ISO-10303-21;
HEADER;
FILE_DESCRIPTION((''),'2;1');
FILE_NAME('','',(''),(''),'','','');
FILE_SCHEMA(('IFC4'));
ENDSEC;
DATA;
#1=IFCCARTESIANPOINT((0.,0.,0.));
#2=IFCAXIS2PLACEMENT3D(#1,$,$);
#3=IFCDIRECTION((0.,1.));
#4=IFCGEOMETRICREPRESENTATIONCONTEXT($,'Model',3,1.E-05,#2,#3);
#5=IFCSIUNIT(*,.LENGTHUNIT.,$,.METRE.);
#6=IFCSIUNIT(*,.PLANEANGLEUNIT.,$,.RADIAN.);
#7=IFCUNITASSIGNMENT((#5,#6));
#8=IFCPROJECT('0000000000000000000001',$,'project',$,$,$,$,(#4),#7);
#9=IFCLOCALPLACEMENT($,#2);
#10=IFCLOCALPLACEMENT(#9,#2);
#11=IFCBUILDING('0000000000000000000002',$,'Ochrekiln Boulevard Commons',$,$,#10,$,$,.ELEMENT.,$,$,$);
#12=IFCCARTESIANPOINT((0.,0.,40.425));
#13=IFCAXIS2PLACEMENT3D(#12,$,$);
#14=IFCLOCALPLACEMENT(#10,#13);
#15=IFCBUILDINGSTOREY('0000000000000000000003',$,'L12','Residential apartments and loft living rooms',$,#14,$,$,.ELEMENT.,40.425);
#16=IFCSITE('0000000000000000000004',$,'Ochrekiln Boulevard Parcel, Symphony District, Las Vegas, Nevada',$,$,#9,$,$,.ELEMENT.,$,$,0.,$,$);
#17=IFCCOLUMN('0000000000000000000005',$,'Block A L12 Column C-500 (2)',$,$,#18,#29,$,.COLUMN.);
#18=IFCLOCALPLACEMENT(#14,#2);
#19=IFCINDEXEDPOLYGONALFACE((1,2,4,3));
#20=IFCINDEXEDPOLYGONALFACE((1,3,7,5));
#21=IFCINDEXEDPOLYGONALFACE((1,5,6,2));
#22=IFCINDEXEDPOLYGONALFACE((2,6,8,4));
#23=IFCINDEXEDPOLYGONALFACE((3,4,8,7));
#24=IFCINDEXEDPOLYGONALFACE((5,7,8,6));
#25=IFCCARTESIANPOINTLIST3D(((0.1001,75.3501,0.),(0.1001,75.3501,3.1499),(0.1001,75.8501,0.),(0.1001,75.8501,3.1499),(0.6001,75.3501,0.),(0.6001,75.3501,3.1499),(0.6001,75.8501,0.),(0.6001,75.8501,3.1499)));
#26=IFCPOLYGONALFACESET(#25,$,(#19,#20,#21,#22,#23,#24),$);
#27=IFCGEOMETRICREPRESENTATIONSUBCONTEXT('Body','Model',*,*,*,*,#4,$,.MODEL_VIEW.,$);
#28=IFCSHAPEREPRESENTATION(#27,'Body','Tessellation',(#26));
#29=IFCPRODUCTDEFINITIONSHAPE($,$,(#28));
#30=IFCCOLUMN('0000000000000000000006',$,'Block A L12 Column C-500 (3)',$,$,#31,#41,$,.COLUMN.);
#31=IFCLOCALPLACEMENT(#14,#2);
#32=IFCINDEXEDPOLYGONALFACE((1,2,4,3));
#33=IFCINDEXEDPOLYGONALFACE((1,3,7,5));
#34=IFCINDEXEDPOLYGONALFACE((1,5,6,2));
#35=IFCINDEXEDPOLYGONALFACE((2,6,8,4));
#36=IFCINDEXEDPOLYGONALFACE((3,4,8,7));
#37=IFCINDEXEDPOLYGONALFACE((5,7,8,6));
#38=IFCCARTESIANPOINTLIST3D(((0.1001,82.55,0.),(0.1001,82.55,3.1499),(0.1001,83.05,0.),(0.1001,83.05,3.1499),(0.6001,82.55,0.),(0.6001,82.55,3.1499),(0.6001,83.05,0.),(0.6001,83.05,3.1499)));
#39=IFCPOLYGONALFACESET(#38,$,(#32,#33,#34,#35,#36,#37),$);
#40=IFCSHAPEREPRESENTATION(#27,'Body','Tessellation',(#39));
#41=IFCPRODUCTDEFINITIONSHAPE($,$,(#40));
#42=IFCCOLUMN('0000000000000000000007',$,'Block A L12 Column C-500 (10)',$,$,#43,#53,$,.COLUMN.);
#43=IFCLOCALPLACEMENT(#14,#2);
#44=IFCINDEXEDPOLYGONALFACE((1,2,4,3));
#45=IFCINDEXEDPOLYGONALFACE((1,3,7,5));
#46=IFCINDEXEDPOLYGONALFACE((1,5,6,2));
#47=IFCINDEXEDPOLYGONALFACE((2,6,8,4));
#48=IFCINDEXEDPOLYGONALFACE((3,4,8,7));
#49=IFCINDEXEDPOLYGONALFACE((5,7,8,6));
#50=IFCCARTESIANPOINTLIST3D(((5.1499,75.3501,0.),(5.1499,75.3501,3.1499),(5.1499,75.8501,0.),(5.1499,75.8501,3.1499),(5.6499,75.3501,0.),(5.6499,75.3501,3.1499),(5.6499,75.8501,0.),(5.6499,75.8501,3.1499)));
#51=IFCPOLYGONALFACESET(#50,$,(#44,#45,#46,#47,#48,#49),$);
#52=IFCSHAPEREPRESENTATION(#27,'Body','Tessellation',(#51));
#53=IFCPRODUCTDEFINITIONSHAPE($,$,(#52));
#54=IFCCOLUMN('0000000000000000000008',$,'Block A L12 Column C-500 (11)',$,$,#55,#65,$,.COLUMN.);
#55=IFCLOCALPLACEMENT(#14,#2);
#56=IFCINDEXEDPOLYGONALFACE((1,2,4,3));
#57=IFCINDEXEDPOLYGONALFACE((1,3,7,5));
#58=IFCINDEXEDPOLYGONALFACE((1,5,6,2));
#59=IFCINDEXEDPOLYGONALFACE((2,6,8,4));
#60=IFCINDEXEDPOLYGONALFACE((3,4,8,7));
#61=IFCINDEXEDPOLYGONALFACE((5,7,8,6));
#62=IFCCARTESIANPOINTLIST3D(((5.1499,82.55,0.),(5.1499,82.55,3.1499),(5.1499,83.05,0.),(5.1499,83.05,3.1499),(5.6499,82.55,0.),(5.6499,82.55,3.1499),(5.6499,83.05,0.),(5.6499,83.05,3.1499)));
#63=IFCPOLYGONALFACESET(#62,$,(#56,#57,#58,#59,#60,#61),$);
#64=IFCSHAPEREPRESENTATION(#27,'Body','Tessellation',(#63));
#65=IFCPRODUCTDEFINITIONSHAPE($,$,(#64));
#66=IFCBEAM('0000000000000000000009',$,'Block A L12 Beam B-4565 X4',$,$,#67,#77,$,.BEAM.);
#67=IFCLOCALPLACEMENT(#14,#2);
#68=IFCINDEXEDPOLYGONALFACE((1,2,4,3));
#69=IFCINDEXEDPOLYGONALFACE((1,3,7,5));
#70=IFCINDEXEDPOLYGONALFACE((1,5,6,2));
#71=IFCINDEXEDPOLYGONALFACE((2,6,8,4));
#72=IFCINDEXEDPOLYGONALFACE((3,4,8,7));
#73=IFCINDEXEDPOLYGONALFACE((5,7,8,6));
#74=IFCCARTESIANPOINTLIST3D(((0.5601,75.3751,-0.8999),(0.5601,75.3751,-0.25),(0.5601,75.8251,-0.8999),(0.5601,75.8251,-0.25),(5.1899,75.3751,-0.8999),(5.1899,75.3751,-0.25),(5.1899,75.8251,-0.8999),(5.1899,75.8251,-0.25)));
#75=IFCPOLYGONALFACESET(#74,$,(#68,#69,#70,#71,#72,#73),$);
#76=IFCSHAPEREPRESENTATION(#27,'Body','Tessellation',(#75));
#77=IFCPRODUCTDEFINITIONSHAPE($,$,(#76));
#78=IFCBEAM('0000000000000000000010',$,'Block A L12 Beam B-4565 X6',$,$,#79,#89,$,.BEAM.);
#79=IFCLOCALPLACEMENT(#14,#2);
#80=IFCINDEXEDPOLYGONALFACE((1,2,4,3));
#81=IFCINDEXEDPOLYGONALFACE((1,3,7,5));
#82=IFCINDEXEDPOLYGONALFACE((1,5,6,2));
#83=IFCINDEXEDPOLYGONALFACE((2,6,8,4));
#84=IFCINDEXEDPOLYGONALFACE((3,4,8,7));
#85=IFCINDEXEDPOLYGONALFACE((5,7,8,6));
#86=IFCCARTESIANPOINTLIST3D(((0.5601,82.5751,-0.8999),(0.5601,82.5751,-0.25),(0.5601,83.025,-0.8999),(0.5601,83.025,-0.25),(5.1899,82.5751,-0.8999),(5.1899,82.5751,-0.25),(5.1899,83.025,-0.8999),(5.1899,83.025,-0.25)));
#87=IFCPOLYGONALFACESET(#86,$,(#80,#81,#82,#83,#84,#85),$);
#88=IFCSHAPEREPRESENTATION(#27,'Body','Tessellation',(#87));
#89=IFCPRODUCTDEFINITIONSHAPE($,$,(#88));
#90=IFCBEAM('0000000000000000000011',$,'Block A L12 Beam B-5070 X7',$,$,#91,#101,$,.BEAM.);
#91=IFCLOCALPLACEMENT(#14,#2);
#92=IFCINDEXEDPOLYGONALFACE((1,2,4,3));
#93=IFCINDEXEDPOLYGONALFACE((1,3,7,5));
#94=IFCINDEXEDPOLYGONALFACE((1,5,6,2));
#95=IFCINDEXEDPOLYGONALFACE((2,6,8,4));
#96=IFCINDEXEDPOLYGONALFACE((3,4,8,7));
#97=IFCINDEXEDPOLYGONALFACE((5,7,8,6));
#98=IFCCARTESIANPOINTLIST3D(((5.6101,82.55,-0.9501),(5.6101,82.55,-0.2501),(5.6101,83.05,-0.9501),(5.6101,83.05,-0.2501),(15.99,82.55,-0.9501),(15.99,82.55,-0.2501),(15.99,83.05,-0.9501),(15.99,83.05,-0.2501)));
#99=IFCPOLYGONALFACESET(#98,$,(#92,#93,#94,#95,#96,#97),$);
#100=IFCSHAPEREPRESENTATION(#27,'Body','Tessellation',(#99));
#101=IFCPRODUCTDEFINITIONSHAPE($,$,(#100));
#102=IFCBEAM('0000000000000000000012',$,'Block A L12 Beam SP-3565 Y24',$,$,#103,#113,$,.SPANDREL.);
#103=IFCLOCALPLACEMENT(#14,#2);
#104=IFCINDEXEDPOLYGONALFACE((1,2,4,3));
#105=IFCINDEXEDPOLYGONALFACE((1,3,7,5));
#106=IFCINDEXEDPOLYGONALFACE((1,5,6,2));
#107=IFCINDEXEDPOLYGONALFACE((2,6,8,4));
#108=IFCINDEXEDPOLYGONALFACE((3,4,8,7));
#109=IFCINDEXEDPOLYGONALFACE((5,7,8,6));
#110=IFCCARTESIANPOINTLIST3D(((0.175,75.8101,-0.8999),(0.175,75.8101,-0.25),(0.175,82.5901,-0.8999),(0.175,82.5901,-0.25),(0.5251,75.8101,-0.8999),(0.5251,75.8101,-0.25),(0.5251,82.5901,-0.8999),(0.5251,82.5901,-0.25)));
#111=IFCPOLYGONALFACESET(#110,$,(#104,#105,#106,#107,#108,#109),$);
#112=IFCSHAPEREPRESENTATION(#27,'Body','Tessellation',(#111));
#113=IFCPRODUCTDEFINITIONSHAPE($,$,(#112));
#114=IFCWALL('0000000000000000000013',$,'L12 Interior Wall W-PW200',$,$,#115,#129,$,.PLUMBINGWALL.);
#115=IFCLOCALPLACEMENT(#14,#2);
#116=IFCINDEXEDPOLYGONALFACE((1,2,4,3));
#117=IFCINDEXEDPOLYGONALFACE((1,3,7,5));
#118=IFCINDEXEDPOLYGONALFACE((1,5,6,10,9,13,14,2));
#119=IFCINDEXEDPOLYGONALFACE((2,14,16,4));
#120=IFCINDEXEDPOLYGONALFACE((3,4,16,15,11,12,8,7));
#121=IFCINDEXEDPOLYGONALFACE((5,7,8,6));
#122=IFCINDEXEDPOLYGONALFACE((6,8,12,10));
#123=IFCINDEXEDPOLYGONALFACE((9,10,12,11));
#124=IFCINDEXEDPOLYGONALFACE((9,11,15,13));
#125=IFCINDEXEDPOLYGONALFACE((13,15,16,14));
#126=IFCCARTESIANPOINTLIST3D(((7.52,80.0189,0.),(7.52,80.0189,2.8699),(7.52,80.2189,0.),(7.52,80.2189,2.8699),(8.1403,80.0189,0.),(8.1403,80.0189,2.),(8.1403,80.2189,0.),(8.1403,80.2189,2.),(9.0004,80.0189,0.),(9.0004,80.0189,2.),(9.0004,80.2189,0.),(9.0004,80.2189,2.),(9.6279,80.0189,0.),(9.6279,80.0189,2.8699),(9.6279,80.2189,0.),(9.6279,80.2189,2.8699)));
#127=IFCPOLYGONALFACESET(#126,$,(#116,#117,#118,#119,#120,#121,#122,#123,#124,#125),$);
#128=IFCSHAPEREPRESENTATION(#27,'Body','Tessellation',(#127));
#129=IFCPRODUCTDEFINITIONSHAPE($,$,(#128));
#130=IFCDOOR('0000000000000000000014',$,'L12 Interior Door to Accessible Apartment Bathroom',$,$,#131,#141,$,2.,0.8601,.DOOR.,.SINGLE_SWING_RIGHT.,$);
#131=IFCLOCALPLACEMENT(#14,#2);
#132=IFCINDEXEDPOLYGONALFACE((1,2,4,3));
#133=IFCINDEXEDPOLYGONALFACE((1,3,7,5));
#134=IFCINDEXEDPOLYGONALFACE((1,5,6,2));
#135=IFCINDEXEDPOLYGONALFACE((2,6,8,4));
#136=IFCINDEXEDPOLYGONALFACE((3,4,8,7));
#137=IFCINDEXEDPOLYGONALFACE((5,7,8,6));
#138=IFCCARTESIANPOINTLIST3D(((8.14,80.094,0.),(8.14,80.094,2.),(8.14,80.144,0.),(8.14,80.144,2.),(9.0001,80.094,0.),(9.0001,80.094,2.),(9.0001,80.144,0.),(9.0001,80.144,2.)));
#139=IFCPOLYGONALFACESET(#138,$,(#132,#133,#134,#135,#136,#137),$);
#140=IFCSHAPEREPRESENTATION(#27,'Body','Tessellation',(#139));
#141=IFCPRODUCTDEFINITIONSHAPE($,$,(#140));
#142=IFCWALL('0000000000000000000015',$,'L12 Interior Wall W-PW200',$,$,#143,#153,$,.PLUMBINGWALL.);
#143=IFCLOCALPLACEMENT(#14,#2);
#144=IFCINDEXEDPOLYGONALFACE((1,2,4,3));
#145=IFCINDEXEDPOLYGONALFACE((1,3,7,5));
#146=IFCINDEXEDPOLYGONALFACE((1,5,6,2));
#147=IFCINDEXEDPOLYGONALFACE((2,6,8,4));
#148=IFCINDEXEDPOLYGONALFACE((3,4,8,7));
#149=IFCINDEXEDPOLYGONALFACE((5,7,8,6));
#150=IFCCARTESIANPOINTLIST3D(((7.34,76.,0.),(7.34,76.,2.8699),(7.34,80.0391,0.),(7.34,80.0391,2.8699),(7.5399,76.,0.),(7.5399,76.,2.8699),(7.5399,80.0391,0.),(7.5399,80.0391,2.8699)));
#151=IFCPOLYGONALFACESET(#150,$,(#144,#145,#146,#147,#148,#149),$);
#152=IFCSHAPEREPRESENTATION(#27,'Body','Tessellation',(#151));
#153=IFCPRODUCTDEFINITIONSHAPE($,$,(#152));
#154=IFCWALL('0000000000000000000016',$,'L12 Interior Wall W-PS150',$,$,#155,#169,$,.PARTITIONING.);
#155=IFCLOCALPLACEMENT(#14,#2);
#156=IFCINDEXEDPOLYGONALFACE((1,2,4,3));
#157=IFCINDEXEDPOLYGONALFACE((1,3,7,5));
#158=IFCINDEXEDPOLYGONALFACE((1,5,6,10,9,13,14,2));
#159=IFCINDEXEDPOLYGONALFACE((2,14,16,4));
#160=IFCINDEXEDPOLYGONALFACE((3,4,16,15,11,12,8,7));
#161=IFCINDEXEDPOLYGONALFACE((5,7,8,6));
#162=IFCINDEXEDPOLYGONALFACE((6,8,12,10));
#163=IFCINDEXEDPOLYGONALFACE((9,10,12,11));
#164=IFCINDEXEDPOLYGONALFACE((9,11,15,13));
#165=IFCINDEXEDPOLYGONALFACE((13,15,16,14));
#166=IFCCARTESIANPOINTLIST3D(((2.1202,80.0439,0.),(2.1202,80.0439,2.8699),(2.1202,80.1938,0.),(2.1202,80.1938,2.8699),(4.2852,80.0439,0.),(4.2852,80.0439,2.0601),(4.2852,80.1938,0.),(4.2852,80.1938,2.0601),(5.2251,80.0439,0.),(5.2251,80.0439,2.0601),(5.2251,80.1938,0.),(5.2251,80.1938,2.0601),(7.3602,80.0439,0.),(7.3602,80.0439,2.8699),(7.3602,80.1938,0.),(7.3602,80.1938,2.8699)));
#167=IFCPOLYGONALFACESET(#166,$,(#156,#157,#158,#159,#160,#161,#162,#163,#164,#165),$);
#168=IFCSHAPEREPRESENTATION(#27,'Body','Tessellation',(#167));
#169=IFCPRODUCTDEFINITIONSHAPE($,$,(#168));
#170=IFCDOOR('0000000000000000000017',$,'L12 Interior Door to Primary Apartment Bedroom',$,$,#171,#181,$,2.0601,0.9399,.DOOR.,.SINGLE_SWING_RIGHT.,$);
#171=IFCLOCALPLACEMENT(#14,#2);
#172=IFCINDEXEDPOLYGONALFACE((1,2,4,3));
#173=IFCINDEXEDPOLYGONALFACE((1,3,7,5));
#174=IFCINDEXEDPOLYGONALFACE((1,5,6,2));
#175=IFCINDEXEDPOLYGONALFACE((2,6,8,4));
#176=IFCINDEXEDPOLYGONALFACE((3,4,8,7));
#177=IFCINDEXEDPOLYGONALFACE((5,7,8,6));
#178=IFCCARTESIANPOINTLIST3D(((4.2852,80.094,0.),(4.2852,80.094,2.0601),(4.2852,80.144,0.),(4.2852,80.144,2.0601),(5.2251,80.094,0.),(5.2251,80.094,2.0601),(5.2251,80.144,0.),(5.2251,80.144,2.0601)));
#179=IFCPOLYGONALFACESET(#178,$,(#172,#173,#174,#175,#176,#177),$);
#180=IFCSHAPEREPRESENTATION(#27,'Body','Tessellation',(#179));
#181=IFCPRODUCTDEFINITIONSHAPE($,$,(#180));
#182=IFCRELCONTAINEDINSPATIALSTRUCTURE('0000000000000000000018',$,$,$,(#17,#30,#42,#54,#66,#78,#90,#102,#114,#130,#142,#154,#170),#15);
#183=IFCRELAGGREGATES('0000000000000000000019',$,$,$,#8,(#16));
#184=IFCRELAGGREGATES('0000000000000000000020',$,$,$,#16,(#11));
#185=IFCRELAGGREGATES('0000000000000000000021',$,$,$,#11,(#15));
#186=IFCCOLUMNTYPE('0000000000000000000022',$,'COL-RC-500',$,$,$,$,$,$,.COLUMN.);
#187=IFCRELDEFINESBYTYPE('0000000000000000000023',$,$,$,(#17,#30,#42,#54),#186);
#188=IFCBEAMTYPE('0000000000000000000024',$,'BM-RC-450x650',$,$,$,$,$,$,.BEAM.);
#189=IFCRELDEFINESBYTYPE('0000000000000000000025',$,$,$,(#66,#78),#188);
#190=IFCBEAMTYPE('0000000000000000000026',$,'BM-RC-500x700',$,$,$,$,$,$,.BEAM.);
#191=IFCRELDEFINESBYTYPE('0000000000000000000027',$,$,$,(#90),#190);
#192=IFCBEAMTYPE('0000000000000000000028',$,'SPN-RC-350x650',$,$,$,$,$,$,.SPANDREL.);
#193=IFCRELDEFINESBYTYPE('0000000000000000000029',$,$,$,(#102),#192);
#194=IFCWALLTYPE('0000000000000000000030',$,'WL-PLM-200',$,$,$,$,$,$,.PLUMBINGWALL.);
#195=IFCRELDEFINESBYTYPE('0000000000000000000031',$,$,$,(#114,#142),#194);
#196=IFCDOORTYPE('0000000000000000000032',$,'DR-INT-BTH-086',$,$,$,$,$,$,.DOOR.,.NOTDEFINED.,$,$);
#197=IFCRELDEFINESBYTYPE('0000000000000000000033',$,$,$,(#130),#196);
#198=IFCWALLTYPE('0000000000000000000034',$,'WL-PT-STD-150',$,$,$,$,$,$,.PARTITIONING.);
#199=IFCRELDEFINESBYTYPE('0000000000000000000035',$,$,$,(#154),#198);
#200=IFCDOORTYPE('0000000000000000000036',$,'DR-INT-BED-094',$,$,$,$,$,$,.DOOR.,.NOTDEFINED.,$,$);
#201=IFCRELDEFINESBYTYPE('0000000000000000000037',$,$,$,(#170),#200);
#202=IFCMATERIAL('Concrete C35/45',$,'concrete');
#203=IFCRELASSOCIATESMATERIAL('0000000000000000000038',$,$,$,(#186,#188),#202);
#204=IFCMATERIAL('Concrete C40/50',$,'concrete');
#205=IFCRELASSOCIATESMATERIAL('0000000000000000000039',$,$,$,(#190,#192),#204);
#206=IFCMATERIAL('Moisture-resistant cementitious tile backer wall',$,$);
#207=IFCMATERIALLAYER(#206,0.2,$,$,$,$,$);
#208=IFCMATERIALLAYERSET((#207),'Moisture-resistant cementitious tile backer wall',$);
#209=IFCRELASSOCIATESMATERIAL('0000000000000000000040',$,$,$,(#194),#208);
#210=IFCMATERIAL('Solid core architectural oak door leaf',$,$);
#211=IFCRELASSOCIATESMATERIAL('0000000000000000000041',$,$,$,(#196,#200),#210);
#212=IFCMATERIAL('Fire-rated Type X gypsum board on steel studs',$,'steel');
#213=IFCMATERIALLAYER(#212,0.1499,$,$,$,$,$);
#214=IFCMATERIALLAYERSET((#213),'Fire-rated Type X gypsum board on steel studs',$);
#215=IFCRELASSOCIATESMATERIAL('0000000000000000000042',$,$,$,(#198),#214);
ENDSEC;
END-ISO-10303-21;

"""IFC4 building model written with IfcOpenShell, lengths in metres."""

from ifc_helpers import new_model, si_unit, direction, frame, frame_2d, origin, origin_2d, place, context, subcontext, project, spatial, rectangle, extrude, material, layer, layer_set, material_profile, profile_set, type_object, element, fill, save


model = new_model("IFC4")

# Units and contexts
model_context = context("Model", 3, precision=1e-05, world=origin(), true_north=direction((0.0, 1.0)))
body_context = subcontext(model_context, "Body", "Model", "MODEL_VIEW")
ifc_project = project(units=[si_unit("LENGTHUNIT", "METRE"), si_unit("PLANEANGLEUNIT", "RADIAN")], contexts=[model_context])

# Site, building, storey
site_placement = place(None, origin())
site = spatial("IfcSite", under=ifc_project, at=site_placement, Name="Ochrekiln Boulevard Parcel, Symphony District, Las Vegas, Nevada", CompositionType="ELEMENT", RefElevation=0.0)
building_placement = place(site_placement, origin())
building = spatial("IfcBuilding", under=site, at=building_placement, Name="Ochrekiln Boulevard Commons", CompositionType="ELEMENT")
storey_placement = place(building_placement, frame((0.0, 0.0, 40.425)))
storey = spatial("IfcBuildingStorey", under=building, at=storey_placement, Name="L12", Description="Residential apartments and loft living rooms", CompositionType="ELEMENT", Elevation=40.425)

# Columns
ifc_material_1 = material(Name="Concrete C35/45", Category="concrete")
ifc_material_profile_1 = material_profile(ifc_material_1, rectangle(XDim=0.5, YDim=0.5, at=origin_2d()), Name="RC-COL-500x500")
ifc_profile_set_1 = profile_set([ifc_material_profile_1], Name="Concrete C35/45")
column_type = type_object("IfcColumnType", Name="COL-RC-500", PredefinedType="COLUMN", material=ifc_profile_set_1)
for number, where, z_axis, x_axis, name in (
    (1, (0.3501, 75.6001, 0.0), (0.0, 0.0, 1.0), (1.0, 0.0, 0.0), "Block A L12 Column C-500 (2)"),
    (2, (0.3501, 82.8, 0.0), (0.0, 0.0, 1.0), (1.0, 0.0, 0.0), "Block A L12 Column C-500 (3)"),
    (3, (5.3999, 75.6001, 0.0), (0.0, 0.0, 1.0), (1.0, 0.0, 0.0), "Block A L12 Column C-500 (10)"),
    (4, (5.3999, 82.8, 0.0), (0.0, 0.0, 1.0), (1.0, 0.0, 0.0), "Block A L12 Column C-500 (11)"),
):
    element("IfcColumn", number, at=place(storey_placement, frame(where, z_axis=z_axis, x_axis=x_axis)), inside=storey, type_object=column_type, Name=name, PredefinedType="COLUMN", context=body_context, shape_type="SweptSolid", body=[
        extrude(rectangle(XDim=0.5, YDim=0.5, at=origin_2d()), origin(), (0.0, 0.0, 1.0), 3.1499),
    ])

# Beams
ifc_material_profile_2 = material_profile(ifc_material_1, rectangle(XDim=0.45, YDim=0.6499, at=origin_2d()), Name="RC-BM-450x650")
ifc_profile_set_2 = profile_set([ifc_material_profile_2], Name="Concrete C35/45")
beam_type_1 = type_object("IfcBeamType", Name="BM-RC-450x650", PredefinedType="BEAM", material=ifc_profile_set_2)
for number, where, z_axis, x_axis, name in (
    (5, (0.5601, 75.6001, -0.575), (1.0, 0.0, 0.0), (0.0, 1.0, 0.0), "Block A L12 Beam B-4565 X4"),
    (6, (0.5601, 82.8, -0.575), (1.0, 0.0, 0.0), (0.0, 1.0, 0.0), "Block A L12 Beam B-4565 X6"),
):
    element("IfcBeam", number, at=place(storey_placement, frame(where, z_axis=z_axis, x_axis=x_axis)), inside=storey, type_object=beam_type_1, Name=name, PredefinedType="BEAM", context=body_context, shape_type="SweptSolid", body=[
        extrude(rectangle(XDim=0.45, YDim=0.6499, at=origin_2d()), origin(), (0.0, 0.0, 1.0), 4.6299),
    ])
ifc_material_2 = material(Name="Concrete C40/50", Category="concrete")
ifc_material_profile_3 = material_profile(ifc_material_2, rectangle(XDim=0.5, YDim=0.7, at=origin_2d()), Name="RC-BM-500x700")
ifc_profile_set_3 = profile_set([ifc_material_profile_3], Name="Concrete C40/50")
beam_type_2 = type_object("IfcBeamType", Name="BM-RC-500x700", PredefinedType="BEAM", material=ifc_profile_set_3)
beam_1_placement = place(storey_placement, frame((5.6101, 82.8, -0.6001), z_axis=(1.0, 0.0, 0.0), x_axis=(0.0, 1.0, 0.0)))
element("IfcBeam", 7, at=beam_1_placement, inside=storey, type_object=beam_type_2, Name="Block A L12 Beam B-5070 X7", PredefinedType="BEAM", context=body_context, shape_type="SweptSolid", body=[
    extrude(rectangle(XDim=0.5, YDim=0.7, at=origin_2d()), origin(), (0.0, 0.0, 1.0), 10.3799),
])
ifc_material_profile_4 = material_profile(ifc_material_2, rectangle(XDim=0.3501, YDim=0.6499, at=origin_2d()), Name="RC-SPN-350x650")
ifc_profile_set_4 = profile_set([ifc_material_profile_4], Name="Concrete C40/50")
beam_type_3 = type_object("IfcBeamType", Name="SPN-RC-350x650", PredefinedType="SPANDREL", material=ifc_profile_set_4)
beam_2_placement = place(storey_placement, frame((0.3501, 75.8101, -0.575), z_axis=(0.0, 1.0, 0.0), x_axis=(-1.0, 0.0, 0.0)))
element("IfcBeam", 8, at=beam_2_placement, inside=storey, type_object=beam_type_3, Name="Block A L12 Beam SP-3565 Y24", PredefinedType="SPANDREL", context=body_context, shape_type="SweptSolid", body=[
    extrude(rectangle(XDim=0.3501, YDim=0.6499, at=origin_2d()), origin(), (0.0, 0.0, 1.0), 6.78),
])

# Wall, opening, door
ifc_material_3 = material(Name="Moisture-resistant cementitious tile backer wall")
ifc_layer_1 = layer(ifc_material_3, 0.2)
ifc_layer_set_1 = layer_set([ifc_layer_1], Name="Moisture-resistant cementitious tile backer wall")
wall_type_1 = type_object("IfcWallType", Name="WL-PLM-200", PredefinedType="PLUMBINGWALL", material=ifc_layer_set_1)
wall_1_placement = place(storey_placement, frame((7.52, 80.1189, 0.0), z_axis=(0.0, 0.0, 1.0), x_axis=(1.0, 0.0, 0.0)))
wall_1 = element("IfcWall", 9, at=wall_1_placement, inside=storey, type_object=wall_type_1, Name="L12 Interior Wall W-PW200", PredefinedType="PLUMBINGWALL", context=body_context, shape_type="SweptSolid", body=[
    extrude(rectangle(XDim=2.1079, YDim=0.2, at=frame_2d((1.054, 0.0))), origin(), (0.0, 0.0, 1.0), 2.8699),
])
opening_1_placement = place(wall_1_placement, frame((0.6201, 0.0, 0.0)))
opening_1 = element("IfcOpeningElement", 10, at=opening_1_placement, cuts=wall_1, PredefinedType="OPENING", context=body_context, shape_type="SweptSolid", body=[
    extrude(rectangle(XDim=0.8601, YDim=2.0, at=frame_2d((0.4302, 1.0))), frame((0.0, 0.1099, 0.0), z_axis=(0.0, -1.0, 0.0), x_axis=(1.0, 0.0, 0.0)), (0.0, 0.0, 1.0), 0.22),
])
ifc_material_4 = material(Name="Solid core architectural oak door leaf")
door_type_1 = type_object("IfcDoorType", Name="DR-INT-BTH-086", OperationType="NOTDEFINED", PredefinedType="DOOR", material=ifc_material_4)
door_1_placement = place(opening_1_placement, frame((0.8601, 0.0, 0.0), z_axis=(0.0, 0.0, 1.0), x_axis=(-1.0, 0.0, 0.0)))
door_1 = element("IfcDoor", 11, at=door_1_placement, inside=storey, type_object=door_type_1, Name="L12 Interior Door to Accessible Apartment Bathroom", OperationType="SINGLE_SWING_RIGHT", OverallHeight=2.0, OverallWidth=0.8601, PredefinedType="DOOR", context=body_context, shape_type="SweptSolid", body=[
    extrude(rectangle(XDim=0.8601, YDim=2.0, at=frame_2d((0.4302, 1.0))), frame((0.0, 0.0249, 0.0), z_axis=(0.0, -1.0, 0.0), x_axis=(1.0, 0.0, 0.0)), (0.0, 0.0, 1.0), 0.05),
])
fill(opening_1, door_1)

# Wall
wall_2_placement = place(storey_placement, frame((7.4399, 76.0, 0.0), z_axis=(0.0, 0.0, 1.0), x_axis=(0.0, 1.0, 0.0)))
element("IfcWall", 12, at=wall_2_placement, inside=storey, type_object=wall_type_1, Name="L12 Interior Wall W-PW200", PredefinedType="PLUMBINGWALL", context=body_context, shape_type="SweptSolid", body=[
    extrude(rectangle(XDim=4.0391, YDim=0.2, at=frame_2d((2.0195, 0.0))), origin(), (0.0, 0.0, 1.0), 2.8699),
])

# Wall, opening, door
ifc_material_5 = material(Name="Fire-rated Type X gypsum board on steel studs", Category="steel")
ifc_layer_2 = layer(ifc_material_5, 0.1499)
ifc_layer_set_2 = layer_set([ifc_layer_2], Name="Fire-rated Type X gypsum board on steel studs")
wall_type_2 = type_object("IfcWallType", Name="WL-PT-STD-150", PredefinedType="PARTITIONING", material=ifc_layer_set_2)
wall_3_placement = place(storey_placement, frame((2.1201, 80.1189, 0.0), z_axis=(0.0, 0.0, 1.0), x_axis=(1.0, 0.0, 0.0)))
wall_3 = element("IfcWall", 13, at=wall_3_placement, inside=storey, type_object=wall_type_2, Name="L12 Interior Wall W-PS150", PredefinedType="PARTITIONING", context=body_context, shape_type="SweptSolid", body=[
    extrude(rectangle(XDim=5.24, YDim=0.1499, at=frame_2d((2.6201, 0.0))), origin(), (0.0, 0.0, 1.0), 2.8699),
])
opening_2_placement = place(wall_3_placement, frame((2.165, 0.0, 0.0)))
opening_2 = element("IfcOpeningElement", 14, at=opening_2_placement, cuts=wall_3, PredefinedType="OPENING", context=body_context, shape_type="SweptSolid", body=[
    extrude(rectangle(XDim=0.9399, YDim=2.0601, at=frame_2d((0.47, 1.03))), frame((0.0, 0.085, 0.0), z_axis=(0.0, -1.0, 0.0), x_axis=(1.0, 0.0, 0.0)), (0.0, 0.0, 1.0), 0.1699),
])
door_type_2 = type_object("IfcDoorType", Name="DR-INT-BED-094", OperationType="NOTDEFINED", PredefinedType="DOOR", material=ifc_material_4)
door_2_placement = place(opening_2_placement, frame((0.9399, 0.0, 0.0), z_axis=(0.0, 0.0, 1.0), x_axis=(-1.0, 0.0, 0.0)))
door_2 = element("IfcDoor", 15, at=door_2_placement, inside=storey, type_object=door_type_2, Name="L12 Interior Door to Primary Apartment Bedroom", OperationType="SINGLE_SWING_RIGHT", OverallHeight=2.0601, OverallWidth=0.9399, PredefinedType="DOOR", context=body_context, shape_type="SweptSolid", body=[
    extrude(rectangle(XDim=0.9399, YDim=2.0601, at=frame_2d((0.47, 1.03))), frame((0.0, 0.0249, 0.0), z_axis=(0.0, -1.0, 0.0), x_axis=(1.0, 0.0, 0.0)), (0.0, 0.0, 1.0), 0.05),
])
fill(opening_2, door_2)

save(model, "model.ifc")
